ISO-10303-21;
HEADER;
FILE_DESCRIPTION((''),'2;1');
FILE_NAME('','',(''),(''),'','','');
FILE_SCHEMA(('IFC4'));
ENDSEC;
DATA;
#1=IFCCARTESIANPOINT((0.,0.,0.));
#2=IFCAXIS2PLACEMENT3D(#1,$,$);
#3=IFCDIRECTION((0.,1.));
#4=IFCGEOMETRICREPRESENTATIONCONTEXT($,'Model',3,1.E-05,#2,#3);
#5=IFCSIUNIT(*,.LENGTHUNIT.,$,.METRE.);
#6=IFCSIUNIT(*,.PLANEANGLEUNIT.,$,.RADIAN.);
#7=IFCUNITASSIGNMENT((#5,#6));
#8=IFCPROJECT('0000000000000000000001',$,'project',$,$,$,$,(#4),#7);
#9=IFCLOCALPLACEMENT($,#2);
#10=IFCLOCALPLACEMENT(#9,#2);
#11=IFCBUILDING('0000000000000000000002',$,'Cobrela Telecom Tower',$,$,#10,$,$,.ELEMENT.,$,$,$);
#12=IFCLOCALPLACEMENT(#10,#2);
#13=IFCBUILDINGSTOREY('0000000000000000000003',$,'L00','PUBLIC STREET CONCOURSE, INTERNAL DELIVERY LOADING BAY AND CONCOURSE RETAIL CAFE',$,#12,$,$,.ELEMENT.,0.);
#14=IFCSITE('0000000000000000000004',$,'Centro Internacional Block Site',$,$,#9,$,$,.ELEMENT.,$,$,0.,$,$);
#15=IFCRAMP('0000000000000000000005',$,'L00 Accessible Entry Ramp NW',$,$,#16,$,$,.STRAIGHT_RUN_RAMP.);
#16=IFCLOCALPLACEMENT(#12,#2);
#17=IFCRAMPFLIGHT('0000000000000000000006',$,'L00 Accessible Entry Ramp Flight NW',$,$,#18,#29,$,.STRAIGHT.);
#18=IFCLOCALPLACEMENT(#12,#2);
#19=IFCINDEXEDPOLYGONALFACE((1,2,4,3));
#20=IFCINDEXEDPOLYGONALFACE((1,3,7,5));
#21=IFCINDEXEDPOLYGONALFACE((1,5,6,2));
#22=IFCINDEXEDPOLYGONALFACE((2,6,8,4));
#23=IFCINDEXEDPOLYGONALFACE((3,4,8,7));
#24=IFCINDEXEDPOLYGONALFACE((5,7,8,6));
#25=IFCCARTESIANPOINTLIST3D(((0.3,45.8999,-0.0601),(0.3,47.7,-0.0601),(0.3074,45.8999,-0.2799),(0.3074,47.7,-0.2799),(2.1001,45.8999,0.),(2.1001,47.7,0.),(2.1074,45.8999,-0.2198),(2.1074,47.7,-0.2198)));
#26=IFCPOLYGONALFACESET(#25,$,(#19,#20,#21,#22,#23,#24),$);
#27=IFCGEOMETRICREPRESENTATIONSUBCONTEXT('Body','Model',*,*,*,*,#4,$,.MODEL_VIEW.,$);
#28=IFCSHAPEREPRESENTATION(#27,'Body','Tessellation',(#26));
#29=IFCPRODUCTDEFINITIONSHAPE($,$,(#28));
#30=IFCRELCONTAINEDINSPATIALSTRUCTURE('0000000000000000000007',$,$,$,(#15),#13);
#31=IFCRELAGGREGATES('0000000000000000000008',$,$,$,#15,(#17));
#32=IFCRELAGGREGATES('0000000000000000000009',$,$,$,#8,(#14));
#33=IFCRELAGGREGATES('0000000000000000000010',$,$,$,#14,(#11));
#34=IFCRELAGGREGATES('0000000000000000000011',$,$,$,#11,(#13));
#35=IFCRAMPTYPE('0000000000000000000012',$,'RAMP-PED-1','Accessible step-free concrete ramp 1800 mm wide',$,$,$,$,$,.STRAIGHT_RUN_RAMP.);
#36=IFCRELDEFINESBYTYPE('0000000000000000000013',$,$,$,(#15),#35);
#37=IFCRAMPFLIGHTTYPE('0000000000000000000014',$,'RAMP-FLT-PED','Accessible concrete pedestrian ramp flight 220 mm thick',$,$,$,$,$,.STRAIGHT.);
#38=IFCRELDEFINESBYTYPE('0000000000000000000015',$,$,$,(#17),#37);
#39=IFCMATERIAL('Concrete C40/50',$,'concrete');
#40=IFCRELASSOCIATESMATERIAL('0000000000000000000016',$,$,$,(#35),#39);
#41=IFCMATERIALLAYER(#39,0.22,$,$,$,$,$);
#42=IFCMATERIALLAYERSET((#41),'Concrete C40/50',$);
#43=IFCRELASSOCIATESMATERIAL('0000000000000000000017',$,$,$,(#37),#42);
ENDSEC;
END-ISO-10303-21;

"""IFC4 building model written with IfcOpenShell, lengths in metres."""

from ifc_helpers import new_model, si_unit, direction, frame, origin, place, context, subcontext, project, spatial, polyline, outline, extrude, material, layer, layer_set, type_object, element, aggregate, save


model = new_model("IFC4")

# Units and contexts
model_context = context("Model", 3, precision=1e-05, world=origin(), true_north=direction((0.0, 1.0)))
body_context = subcontext(model_context, "Body", "Model", "MODEL_VIEW")
ifc_project = project(units=[si_unit("LENGTHUNIT", "METRE"), si_unit("PLANEANGLEUNIT", "RADIAN")], contexts=[model_context])

# Site, building, storey
site_placement = place(None, origin())
site = spatial("IfcSite", under=ifc_project, at=site_placement, Name="Centro Internacional Block Site", CompositionType="ELEMENT", RefElevation=0.0)
building_placement = place(site_placement, origin())
building = spatial("IfcBuilding", under=site, at=building_placement, Name="Cobrela Telecom Tower", CompositionType="ELEMENT")
storey_placement = place(building_placement, origin())
storey = spatial("IfcBuildingStorey", under=building, at=storey_placement, Name="L00", Description="PUBLIC STREET CONCOURSE, INTERNAL DELIVERY LOADING BAY AND CONCOURSE RETAIL CAFE", CompositionType="ELEMENT", Elevation=0.0)

# Shared definitions
ifc_material_1 = material(Name="Concrete C40/50", Category="concrete")

# Ramp, ramp flight
ramp_type = type_object("IfcRampType", Name="RAMP-PED-1", Description="Accessible step-free concrete ramp 1800 mm wide", PredefinedType="STRAIGHT_RUN_RAMP", material=ifc_material_1)
ramp_placement = place(storey_placement, origin())
ramp = element("IfcRamp", 1, at=ramp_placement, inside=storey, type_object=ramp_type, Name="L00 Accessible Entry Ramp NW", PredefinedType="STRAIGHT_RUN_RAMP")
ifc_layer_1 = layer(ifc_material_1, 0.22)
ifc_layer_set_1 = layer_set([ifc_layer_1], Name="Concrete C40/50")
ramp_flight_type = type_object("IfcRampFlightType", Name="RAMP-FLT-PED", Description="Accessible concrete pedestrian ramp flight 220 mm thick", PredefinedType="STRAIGHT", material=ifc_layer_set_1)
ramp_flight_placement = place(storey_placement, frame((0.3, 45.8999, -0.0601), z_axis=(-0.033346, 0.0, 0.999444), x_axis=(0.999444, 0.0, 0.033346)))
ramp_flight = element("IfcRampFlight", 2, at=ramp_flight_placement, type_object=ramp_flight_type, Name="L00 Accessible Entry Ramp Flight NW", PredefinedType="STRAIGHT", context=body_context, shape_type="SweptSolid", body=[
    extrude(outline(polyline([(0.0, 0.0), (1.8011, 0.0), (1.8011, 1.8), (0.0, 1.8), (0.0, 0.0)])), origin(), (0.0, 0.0, -1.0), 0.22),
])
aggregate(ramp, [ramp_flight])

save(model, "model.ifc")
